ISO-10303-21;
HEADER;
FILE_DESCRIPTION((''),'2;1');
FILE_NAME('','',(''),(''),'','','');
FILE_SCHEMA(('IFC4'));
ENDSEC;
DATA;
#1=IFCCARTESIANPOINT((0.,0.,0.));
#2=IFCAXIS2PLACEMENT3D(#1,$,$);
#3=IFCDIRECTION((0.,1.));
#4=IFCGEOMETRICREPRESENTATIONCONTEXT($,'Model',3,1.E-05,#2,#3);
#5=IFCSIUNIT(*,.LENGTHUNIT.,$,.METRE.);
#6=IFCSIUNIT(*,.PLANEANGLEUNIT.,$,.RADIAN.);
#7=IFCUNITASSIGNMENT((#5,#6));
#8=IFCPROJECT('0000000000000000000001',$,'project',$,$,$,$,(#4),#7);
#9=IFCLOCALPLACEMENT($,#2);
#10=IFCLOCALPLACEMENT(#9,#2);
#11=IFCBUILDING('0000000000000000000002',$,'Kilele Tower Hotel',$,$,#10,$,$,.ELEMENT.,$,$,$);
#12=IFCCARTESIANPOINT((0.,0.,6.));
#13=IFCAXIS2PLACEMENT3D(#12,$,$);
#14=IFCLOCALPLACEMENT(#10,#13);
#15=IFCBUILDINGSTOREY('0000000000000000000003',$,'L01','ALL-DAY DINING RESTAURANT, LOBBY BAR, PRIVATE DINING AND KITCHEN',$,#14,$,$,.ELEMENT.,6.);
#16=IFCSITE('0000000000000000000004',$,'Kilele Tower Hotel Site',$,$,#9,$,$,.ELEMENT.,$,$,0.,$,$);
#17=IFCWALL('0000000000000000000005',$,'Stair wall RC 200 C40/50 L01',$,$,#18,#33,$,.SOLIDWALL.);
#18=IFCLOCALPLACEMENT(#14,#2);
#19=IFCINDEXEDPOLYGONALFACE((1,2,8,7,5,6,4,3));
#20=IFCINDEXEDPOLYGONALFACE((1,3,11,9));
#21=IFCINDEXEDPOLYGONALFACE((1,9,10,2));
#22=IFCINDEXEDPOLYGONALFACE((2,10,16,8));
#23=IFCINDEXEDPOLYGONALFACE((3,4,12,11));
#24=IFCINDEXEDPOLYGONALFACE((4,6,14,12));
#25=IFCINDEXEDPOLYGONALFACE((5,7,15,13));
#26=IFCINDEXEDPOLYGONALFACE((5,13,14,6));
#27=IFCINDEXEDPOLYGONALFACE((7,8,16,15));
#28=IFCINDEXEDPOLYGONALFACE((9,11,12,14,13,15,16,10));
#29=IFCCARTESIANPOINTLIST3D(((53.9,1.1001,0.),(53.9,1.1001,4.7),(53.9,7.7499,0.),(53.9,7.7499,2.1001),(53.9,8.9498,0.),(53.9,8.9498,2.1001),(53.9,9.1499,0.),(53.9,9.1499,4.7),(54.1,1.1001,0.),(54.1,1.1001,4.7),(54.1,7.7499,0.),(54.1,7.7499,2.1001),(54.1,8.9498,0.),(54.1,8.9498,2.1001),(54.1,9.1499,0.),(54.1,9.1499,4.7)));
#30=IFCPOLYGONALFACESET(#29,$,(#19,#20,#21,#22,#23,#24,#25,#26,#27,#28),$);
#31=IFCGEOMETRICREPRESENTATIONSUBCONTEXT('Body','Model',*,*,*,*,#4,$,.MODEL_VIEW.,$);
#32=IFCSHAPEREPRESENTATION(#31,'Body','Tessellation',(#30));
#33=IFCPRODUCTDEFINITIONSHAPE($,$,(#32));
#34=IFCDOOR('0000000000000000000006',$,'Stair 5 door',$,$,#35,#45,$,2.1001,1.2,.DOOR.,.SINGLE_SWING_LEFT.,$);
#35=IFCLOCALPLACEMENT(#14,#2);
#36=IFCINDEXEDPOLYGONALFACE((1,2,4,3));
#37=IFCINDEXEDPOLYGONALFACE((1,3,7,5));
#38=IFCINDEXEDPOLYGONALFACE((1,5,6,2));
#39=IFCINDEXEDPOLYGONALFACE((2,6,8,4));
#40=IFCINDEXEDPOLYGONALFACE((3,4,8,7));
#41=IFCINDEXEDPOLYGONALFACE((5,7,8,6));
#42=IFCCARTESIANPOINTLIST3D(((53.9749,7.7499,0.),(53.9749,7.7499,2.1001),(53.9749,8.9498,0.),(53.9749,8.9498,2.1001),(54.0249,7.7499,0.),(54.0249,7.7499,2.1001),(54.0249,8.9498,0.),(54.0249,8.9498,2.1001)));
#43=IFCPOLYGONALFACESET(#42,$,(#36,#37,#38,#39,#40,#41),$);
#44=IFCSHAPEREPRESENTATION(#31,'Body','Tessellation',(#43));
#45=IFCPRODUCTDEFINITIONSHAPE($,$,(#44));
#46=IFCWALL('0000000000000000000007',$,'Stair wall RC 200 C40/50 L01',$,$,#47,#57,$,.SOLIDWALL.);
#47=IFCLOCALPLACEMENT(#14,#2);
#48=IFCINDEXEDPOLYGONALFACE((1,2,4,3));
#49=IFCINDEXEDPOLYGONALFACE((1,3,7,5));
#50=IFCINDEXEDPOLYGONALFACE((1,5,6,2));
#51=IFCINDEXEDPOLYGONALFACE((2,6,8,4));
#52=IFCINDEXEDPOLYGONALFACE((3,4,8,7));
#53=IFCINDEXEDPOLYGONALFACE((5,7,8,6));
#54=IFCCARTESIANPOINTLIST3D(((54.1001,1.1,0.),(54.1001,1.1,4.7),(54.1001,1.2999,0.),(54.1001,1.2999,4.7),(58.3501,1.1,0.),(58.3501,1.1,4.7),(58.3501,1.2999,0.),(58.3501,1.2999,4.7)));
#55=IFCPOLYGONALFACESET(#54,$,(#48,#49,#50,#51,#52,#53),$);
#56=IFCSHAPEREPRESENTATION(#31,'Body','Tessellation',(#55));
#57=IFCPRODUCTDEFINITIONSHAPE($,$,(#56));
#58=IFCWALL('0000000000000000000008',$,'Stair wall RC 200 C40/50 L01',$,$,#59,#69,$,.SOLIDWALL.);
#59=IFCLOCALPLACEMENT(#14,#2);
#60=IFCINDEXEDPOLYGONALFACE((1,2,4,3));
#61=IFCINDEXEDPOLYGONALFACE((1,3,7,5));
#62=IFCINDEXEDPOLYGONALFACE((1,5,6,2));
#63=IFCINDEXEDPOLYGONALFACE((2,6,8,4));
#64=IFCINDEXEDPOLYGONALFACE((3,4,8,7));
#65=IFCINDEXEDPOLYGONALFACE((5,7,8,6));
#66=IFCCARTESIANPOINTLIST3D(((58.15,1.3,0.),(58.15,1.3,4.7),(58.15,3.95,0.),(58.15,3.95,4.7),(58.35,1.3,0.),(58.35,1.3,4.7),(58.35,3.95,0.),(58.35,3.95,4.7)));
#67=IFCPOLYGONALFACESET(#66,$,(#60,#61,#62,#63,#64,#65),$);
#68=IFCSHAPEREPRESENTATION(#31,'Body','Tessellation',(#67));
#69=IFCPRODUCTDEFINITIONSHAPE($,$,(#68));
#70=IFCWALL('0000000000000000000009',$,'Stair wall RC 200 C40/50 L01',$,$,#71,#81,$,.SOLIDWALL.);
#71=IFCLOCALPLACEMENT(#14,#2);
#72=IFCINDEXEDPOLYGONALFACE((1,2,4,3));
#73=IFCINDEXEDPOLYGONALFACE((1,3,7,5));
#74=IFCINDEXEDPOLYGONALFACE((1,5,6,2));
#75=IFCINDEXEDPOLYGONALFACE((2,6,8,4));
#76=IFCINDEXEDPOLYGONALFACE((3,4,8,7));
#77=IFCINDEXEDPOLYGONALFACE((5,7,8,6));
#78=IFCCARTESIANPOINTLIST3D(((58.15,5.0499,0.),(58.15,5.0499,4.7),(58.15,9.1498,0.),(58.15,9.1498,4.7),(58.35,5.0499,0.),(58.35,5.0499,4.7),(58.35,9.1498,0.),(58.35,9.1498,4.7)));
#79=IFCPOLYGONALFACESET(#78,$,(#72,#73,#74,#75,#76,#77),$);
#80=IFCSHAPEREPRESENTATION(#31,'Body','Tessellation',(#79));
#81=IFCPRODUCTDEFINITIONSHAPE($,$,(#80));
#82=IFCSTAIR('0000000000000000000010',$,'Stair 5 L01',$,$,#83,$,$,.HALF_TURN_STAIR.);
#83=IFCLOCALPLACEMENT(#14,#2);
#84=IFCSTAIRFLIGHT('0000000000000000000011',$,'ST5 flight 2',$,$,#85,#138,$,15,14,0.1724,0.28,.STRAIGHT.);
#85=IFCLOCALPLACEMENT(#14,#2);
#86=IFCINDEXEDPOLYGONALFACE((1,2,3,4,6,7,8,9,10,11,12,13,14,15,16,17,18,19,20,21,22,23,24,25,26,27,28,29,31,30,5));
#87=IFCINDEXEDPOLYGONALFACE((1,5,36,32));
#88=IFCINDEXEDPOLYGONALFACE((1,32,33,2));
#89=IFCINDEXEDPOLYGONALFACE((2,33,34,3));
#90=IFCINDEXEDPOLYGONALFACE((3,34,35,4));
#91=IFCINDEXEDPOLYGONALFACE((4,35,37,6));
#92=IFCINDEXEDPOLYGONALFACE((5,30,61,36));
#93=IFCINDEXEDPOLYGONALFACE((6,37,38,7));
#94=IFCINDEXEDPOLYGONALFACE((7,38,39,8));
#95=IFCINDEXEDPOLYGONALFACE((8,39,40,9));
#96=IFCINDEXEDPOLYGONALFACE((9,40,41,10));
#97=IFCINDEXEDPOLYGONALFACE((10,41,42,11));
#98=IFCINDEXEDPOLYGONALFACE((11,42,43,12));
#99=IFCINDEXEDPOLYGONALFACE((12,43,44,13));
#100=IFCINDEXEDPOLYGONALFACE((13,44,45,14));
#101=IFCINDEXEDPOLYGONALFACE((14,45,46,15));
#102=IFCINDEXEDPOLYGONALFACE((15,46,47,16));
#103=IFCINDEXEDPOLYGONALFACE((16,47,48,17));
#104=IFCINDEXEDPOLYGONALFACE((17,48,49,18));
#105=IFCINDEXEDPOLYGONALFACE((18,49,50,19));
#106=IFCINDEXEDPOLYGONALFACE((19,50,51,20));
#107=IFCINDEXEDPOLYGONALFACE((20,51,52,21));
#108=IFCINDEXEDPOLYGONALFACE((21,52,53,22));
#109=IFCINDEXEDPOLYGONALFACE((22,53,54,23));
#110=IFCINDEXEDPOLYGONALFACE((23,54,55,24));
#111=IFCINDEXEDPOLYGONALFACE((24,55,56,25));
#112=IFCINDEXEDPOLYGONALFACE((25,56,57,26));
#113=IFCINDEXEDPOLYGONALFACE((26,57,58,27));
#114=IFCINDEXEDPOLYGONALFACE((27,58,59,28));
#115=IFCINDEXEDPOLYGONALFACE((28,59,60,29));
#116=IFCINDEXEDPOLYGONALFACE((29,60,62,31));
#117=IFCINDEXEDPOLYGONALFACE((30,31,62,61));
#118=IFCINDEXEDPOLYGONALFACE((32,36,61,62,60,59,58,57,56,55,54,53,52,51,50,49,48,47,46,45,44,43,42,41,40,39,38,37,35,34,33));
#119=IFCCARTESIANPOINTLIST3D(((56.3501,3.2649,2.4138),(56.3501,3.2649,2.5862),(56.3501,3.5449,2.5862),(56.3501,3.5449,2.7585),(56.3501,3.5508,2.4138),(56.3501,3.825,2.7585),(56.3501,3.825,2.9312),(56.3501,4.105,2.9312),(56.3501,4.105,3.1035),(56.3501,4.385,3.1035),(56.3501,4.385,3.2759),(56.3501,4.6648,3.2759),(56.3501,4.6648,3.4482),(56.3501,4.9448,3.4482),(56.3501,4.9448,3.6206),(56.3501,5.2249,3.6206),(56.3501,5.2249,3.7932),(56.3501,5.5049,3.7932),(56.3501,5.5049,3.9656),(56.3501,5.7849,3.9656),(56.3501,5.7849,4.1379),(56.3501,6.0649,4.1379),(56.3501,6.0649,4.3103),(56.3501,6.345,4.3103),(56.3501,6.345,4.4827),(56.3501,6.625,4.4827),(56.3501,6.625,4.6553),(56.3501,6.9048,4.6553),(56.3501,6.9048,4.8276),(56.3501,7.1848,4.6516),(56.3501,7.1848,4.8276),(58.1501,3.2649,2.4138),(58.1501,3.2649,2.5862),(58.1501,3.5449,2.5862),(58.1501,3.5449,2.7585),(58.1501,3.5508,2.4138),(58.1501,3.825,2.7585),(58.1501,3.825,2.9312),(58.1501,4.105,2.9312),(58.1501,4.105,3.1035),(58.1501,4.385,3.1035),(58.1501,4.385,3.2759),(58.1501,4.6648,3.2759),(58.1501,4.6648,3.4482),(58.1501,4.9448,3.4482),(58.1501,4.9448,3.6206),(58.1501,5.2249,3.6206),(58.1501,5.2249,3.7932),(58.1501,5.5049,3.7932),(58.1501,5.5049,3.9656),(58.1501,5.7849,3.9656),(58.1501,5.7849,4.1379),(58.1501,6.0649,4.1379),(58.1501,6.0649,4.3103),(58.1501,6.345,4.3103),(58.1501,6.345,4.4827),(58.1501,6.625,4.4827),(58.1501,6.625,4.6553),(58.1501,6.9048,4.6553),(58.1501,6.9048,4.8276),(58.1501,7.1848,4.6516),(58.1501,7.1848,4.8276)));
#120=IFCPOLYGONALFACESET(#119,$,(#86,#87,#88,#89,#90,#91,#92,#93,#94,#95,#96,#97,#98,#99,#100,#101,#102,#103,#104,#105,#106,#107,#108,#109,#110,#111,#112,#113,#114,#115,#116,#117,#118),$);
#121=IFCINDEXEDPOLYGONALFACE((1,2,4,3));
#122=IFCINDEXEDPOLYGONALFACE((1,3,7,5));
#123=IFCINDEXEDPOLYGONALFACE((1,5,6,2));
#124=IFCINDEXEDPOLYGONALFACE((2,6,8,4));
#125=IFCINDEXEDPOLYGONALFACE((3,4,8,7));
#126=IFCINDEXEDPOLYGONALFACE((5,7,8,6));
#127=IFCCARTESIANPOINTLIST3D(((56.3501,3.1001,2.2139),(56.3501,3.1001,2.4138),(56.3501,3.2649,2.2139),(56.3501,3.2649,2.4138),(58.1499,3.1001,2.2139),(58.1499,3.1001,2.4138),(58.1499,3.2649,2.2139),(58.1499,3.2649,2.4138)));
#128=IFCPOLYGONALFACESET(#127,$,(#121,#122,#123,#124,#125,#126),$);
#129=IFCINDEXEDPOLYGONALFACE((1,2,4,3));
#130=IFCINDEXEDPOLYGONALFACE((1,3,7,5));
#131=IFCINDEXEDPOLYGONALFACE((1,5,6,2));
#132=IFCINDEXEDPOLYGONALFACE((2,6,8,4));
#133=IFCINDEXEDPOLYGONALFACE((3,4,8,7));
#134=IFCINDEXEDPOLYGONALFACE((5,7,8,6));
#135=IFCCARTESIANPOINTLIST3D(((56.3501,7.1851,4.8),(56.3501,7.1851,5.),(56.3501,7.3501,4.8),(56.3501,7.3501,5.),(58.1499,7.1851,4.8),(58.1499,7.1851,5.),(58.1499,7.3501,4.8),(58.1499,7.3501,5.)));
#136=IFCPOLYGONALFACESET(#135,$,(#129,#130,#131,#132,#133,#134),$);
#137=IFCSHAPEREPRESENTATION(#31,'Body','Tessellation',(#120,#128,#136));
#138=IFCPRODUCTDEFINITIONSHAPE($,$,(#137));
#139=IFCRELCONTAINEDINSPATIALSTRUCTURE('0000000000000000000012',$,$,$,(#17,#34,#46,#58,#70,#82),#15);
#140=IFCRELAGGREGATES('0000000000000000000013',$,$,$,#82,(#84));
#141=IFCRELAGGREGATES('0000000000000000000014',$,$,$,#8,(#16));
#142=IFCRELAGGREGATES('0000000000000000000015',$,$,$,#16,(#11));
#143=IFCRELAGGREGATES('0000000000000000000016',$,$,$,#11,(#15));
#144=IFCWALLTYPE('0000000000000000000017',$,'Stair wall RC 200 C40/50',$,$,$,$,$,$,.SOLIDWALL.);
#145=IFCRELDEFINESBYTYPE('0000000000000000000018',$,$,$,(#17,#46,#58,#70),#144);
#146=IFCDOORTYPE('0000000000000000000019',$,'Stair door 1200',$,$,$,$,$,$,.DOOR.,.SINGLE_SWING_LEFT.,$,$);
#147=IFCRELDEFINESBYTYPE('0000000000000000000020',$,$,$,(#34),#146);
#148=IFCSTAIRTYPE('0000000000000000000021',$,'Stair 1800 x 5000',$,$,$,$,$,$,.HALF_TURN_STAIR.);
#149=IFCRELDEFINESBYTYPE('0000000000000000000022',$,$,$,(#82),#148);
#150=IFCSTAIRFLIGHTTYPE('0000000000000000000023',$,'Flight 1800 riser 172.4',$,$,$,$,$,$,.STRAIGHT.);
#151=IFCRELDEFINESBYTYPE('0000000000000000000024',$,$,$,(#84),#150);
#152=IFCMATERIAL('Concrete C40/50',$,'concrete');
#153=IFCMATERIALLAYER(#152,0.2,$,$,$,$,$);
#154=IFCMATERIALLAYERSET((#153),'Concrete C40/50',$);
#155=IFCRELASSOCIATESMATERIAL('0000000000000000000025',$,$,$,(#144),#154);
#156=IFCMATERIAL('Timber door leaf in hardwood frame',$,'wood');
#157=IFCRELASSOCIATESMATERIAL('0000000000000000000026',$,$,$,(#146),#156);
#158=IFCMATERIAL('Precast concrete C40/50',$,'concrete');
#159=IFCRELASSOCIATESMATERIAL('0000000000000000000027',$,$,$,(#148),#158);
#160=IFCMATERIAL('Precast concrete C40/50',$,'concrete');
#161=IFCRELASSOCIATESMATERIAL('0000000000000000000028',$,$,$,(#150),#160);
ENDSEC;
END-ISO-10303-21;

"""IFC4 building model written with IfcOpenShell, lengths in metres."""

from ifc_helpers import new_model, si_unit, direction, frame, frame_2d, origin, place, context, subcontext, project, spatial, polyline, rectangle, outline, extrude, material, layer, layer_set, type_object, element, fill, aggregate, save


model = new_model("IFC4")

# Units and contexts
model_context = context("Model", 3, precision=1e-05, world=origin(), true_north=direction((0.0, 1.0)))
body_context = subcontext(model_context, "Body", "Model", "MODEL_VIEW")
ifc_project = project(units=[si_unit("LENGTHUNIT", "METRE"), si_unit("PLANEANGLEUNIT", "RADIAN")], contexts=[model_context])

# Site, building, storey
site_placement = place(None, origin())
site = spatial("IfcSite", under=ifc_project, at=site_placement, Name="Kilele Tower Hotel Site", CompositionType="ELEMENT", RefElevation=0.0)
building_placement = place(site_placement, origin())
building = spatial("IfcBuilding", under=site, at=building_placement, Name="Kilele Tower Hotel", CompositionType="ELEMENT")
storey_placement = place(building_placement, frame((0.0, 0.0, 6.0)))
storey = spatial("IfcBuildingStorey", under=building, at=storey_placement, Name="L01", Description="ALL-DAY DINING RESTAURANT, LOBBY BAR, PRIVATE DINING AND KITCHEN", CompositionType="ELEMENT", Elevation=6.0)

# Wall, opening, door
ifc_material_1 = material(Name="Concrete C40/50", Category="concrete")
ifc_layer_1 = layer(ifc_material_1, 0.2)
ifc_layer_set_1 = layer_set([ifc_layer_1], Name="Concrete C40/50")
wall_type_1 = type_object("IfcWallType", Name="Stair wall RC 200 C40/50", PredefinedType="SOLIDWALL", material=ifc_layer_set_1)
wall_1_placement = place(storey_placement, frame((54.0, 1.1001, 0.0), z_axis=(0.0, 0.0, 1.0), x_axis=(0.0, 1.0, 0.0)))
wall_1 = element("IfcWall", 1, at=wall_1_placement, inside=storey, type_object=wall_type_1, Name="Stair wall RC 200 C40/50 L01", PredefinedType="SOLIDWALL", context=body_context, shape_type="SweptSolid", body=[
    extrude(rectangle(XDim=8.0498, YDim=0.2, at=frame_2d((4.0249, 0.0))), origin(), (0.0, 0.0, 1.0), 4.7),
])
opening_1_placement = place(wall_1_placement, frame((7.8499, 0.0, 0.0), z_axis=(0.0, 0.0, 1.0), x_axis=(-1.0, 0.0, 0.0)))
opening_1 = element("IfcOpeningElement", 2, at=opening_1_placement, cuts=wall_1, PredefinedType="OPENING", context=body_context, shape_type="SweptSolid", body=[
    extrude(rectangle(XDim=1.2, YDim=2.1001, at=frame_2d((0.6001, 1.05))), frame((0.0, 0.1099, 0.0), z_axis=(0.0, -1.0, 0.0), x_axis=(1.0, 0.0, 0.0)), (0.0, 0.0, 1.0), 0.22),
])
ifc_material_2 = material(Name="Timber door leaf in hardwood frame", Category="wood")
door_type_1 = type_object("IfcDoorType", Name="Stair door 1200", OperationType="SINGLE_SWING_LEFT", PredefinedType="DOOR", material=ifc_material_2)
door_1_placement = place(opening_1_placement, origin())
door_1 = element("IfcDoor", 3, at=door_1_placement, inside=storey, type_object=door_type_1, Name="Stair 5 door", OperationType="SINGLE_SWING_LEFT", OverallHeight=2.1001, OverallWidth=1.2, PredefinedType="DOOR", context=body_context, shape_type="SweptSolid", body=[
    extrude(rectangle(XDim=1.2, YDim=2.1001, at=frame_2d((0.6001, 1.05))), frame((0.0, 0.0249, 0.0), z_axis=(0.0, -1.0, 0.0), x_axis=(1.0, 0.0, 0.0)), (0.0, 0.0, 1.0), 0.05),
])
fill(opening_1, door_1)

# Walls
wall_2_placement = place(storey_placement, frame((54.1001, 1.2, 0.0), z_axis=(0.0, 0.0, 1.0), x_axis=(1.0, 0.0, 0.0)))
element("IfcWall", 4, at=wall_2_placement, inside=storey, type_object=wall_type_1, Name="Stair wall RC 200 C40/50 L01", PredefinedType="SOLIDWALL", context=body_context, shape_type="SweptSolid", body=[
    extrude(rectangle(XDim=4.25, YDim=0.2, at=frame_2d((2.125, 0.0))), origin(), (0.0, 0.0, 1.0), 4.7),
])
wall_3_placement = place(storey_placement, frame((58.25, 1.3, 0.0), z_axis=(0.0, 0.0, 1.0), x_axis=(0.0, 1.0, 0.0)))
element("IfcWall", 5, at=wall_3_placement, inside=storey, type_object=wall_type_1, Name="Stair wall RC 200 C40/50 L01", PredefinedType="SOLIDWALL", context=body_context, shape_type="SweptSolid", body=[
    extrude(rectangle(XDim=2.6499, YDim=0.2, at=frame_2d((1.325, 0.0))), origin(), (0.0, 0.0, 1.0), 4.7),
])
wall_4_placement = place(storey_placement, frame((58.25, 5.05, 0.0), z_axis=(0.0, 0.0, 1.0), x_axis=(0.0, 1.0, 0.0)))
element("IfcWall", 6, at=wall_4_placement, inside=storey, type_object=wall_type_1, Name="Stair wall RC 200 C40/50 L01", PredefinedType="SOLIDWALL", context=body_context, shape_type="SweptSolid", body=[
    extrude(rectangle(XDim=4.0999, YDim=0.2, at=frame_2d((2.0498, 0.0))), origin(), (0.0, 0.0, 1.0), 4.7),
])

# Stair, stair flight
ifc_material_3 = material(Name="Precast concrete C40/50", Category="concrete")
stair_type = type_object("IfcStairType", Name="Stair 1800 x 5000", PredefinedType="HALF_TURN_STAIR", material=ifc_material_3)
stair_placement = place(storey_placement, origin())
stair = element("IfcStair", 7, at=stair_placement, inside=storey, type_object=stair_type, Name="Stair 5 L01", PredefinedType="HALF_TURN_STAIR")
ifc_material_4 = material(Name="Precast concrete C40/50", Category="concrete")
stair_flight_type = type_object("IfcStairFlightType", Name="Flight 1800 riser 172.4", PredefinedType="STRAIGHT", material=ifc_material_4)
stair_flight_placement = place(storey_placement, frame((57.25, 3.2649, 2.4138), z_axis=(0.0, 0.0, 1.0), x_axis=(0.0, 1.0, 0.0)))
stair_flight = element("IfcStairFlight", 8, at=stair_flight_placement, type_object=stair_flight_type, Name="ST5 flight 2", NumberOfRisers=15, NumberOfTreads=14, PredefinedType="STRAIGHT", RiserHeight=0.1724, TreadLength=0.28, context=body_context, shape_type="SweptSolid", body=[
    extrude(outline(polyline([(0.0, 0.0), (0.0, 0.1724), (0.28, 0.1724), (0.28, 0.3447), (0.5601, 0.3447), (0.5601, 0.5173), (0.8401, 0.5173), (0.8401, 0.6897), (1.1201, 0.6897), (1.1201, 0.8621), (1.3999, 0.8621), (1.3999, 1.0344), (1.6799, 1.0344), (1.6799, 1.2068), (1.96, 1.2068), (1.96, 1.3794), (2.24, 1.3794), (2.24, 1.5518), (2.52, 1.5518), (2.52, 1.7241), (2.8, 1.7241), (2.8, 1.8965), (3.0801, 1.8965), (3.0801, 2.0688), (3.3601, 2.0688), (3.3601, 2.2415), (3.6399, 2.2415), (3.6399, 2.4138), (3.9199, 2.4138), (3.9199, 2.5862), (3.9199, 2.2378), (0.2859, 0.0), (0.0, 0.0)])), frame((0.0, 0.8999, 0.0), z_axis=(0.0, -1.0, 0.0), x_axis=(1.0, 0.0, 0.0)), (0.0, 0.0, 1.0), 1.8),
    extrude(outline(polyline([(-0.1648, 0.8999), (-0.1648, -0.8999), (0.0, -0.8999), (0.0, 0.8999), (-0.1648, 0.8999)])), frame((0.0, 0.0, -0.2)), (0.0, 0.0, 1.0), 0.2),
    extrude(outline(polyline([(3.9202, 0.8999), (3.9202, -0.8999), (4.0852, -0.8999), (4.0852, 0.8999), (3.9202, 0.8999)])), frame((0.0, 0.0, 2.3862)), (0.0, 0.0, 1.0), 0.2),
])
aggregate(stair, [stair_flight])

save(model, "model.ifc")
